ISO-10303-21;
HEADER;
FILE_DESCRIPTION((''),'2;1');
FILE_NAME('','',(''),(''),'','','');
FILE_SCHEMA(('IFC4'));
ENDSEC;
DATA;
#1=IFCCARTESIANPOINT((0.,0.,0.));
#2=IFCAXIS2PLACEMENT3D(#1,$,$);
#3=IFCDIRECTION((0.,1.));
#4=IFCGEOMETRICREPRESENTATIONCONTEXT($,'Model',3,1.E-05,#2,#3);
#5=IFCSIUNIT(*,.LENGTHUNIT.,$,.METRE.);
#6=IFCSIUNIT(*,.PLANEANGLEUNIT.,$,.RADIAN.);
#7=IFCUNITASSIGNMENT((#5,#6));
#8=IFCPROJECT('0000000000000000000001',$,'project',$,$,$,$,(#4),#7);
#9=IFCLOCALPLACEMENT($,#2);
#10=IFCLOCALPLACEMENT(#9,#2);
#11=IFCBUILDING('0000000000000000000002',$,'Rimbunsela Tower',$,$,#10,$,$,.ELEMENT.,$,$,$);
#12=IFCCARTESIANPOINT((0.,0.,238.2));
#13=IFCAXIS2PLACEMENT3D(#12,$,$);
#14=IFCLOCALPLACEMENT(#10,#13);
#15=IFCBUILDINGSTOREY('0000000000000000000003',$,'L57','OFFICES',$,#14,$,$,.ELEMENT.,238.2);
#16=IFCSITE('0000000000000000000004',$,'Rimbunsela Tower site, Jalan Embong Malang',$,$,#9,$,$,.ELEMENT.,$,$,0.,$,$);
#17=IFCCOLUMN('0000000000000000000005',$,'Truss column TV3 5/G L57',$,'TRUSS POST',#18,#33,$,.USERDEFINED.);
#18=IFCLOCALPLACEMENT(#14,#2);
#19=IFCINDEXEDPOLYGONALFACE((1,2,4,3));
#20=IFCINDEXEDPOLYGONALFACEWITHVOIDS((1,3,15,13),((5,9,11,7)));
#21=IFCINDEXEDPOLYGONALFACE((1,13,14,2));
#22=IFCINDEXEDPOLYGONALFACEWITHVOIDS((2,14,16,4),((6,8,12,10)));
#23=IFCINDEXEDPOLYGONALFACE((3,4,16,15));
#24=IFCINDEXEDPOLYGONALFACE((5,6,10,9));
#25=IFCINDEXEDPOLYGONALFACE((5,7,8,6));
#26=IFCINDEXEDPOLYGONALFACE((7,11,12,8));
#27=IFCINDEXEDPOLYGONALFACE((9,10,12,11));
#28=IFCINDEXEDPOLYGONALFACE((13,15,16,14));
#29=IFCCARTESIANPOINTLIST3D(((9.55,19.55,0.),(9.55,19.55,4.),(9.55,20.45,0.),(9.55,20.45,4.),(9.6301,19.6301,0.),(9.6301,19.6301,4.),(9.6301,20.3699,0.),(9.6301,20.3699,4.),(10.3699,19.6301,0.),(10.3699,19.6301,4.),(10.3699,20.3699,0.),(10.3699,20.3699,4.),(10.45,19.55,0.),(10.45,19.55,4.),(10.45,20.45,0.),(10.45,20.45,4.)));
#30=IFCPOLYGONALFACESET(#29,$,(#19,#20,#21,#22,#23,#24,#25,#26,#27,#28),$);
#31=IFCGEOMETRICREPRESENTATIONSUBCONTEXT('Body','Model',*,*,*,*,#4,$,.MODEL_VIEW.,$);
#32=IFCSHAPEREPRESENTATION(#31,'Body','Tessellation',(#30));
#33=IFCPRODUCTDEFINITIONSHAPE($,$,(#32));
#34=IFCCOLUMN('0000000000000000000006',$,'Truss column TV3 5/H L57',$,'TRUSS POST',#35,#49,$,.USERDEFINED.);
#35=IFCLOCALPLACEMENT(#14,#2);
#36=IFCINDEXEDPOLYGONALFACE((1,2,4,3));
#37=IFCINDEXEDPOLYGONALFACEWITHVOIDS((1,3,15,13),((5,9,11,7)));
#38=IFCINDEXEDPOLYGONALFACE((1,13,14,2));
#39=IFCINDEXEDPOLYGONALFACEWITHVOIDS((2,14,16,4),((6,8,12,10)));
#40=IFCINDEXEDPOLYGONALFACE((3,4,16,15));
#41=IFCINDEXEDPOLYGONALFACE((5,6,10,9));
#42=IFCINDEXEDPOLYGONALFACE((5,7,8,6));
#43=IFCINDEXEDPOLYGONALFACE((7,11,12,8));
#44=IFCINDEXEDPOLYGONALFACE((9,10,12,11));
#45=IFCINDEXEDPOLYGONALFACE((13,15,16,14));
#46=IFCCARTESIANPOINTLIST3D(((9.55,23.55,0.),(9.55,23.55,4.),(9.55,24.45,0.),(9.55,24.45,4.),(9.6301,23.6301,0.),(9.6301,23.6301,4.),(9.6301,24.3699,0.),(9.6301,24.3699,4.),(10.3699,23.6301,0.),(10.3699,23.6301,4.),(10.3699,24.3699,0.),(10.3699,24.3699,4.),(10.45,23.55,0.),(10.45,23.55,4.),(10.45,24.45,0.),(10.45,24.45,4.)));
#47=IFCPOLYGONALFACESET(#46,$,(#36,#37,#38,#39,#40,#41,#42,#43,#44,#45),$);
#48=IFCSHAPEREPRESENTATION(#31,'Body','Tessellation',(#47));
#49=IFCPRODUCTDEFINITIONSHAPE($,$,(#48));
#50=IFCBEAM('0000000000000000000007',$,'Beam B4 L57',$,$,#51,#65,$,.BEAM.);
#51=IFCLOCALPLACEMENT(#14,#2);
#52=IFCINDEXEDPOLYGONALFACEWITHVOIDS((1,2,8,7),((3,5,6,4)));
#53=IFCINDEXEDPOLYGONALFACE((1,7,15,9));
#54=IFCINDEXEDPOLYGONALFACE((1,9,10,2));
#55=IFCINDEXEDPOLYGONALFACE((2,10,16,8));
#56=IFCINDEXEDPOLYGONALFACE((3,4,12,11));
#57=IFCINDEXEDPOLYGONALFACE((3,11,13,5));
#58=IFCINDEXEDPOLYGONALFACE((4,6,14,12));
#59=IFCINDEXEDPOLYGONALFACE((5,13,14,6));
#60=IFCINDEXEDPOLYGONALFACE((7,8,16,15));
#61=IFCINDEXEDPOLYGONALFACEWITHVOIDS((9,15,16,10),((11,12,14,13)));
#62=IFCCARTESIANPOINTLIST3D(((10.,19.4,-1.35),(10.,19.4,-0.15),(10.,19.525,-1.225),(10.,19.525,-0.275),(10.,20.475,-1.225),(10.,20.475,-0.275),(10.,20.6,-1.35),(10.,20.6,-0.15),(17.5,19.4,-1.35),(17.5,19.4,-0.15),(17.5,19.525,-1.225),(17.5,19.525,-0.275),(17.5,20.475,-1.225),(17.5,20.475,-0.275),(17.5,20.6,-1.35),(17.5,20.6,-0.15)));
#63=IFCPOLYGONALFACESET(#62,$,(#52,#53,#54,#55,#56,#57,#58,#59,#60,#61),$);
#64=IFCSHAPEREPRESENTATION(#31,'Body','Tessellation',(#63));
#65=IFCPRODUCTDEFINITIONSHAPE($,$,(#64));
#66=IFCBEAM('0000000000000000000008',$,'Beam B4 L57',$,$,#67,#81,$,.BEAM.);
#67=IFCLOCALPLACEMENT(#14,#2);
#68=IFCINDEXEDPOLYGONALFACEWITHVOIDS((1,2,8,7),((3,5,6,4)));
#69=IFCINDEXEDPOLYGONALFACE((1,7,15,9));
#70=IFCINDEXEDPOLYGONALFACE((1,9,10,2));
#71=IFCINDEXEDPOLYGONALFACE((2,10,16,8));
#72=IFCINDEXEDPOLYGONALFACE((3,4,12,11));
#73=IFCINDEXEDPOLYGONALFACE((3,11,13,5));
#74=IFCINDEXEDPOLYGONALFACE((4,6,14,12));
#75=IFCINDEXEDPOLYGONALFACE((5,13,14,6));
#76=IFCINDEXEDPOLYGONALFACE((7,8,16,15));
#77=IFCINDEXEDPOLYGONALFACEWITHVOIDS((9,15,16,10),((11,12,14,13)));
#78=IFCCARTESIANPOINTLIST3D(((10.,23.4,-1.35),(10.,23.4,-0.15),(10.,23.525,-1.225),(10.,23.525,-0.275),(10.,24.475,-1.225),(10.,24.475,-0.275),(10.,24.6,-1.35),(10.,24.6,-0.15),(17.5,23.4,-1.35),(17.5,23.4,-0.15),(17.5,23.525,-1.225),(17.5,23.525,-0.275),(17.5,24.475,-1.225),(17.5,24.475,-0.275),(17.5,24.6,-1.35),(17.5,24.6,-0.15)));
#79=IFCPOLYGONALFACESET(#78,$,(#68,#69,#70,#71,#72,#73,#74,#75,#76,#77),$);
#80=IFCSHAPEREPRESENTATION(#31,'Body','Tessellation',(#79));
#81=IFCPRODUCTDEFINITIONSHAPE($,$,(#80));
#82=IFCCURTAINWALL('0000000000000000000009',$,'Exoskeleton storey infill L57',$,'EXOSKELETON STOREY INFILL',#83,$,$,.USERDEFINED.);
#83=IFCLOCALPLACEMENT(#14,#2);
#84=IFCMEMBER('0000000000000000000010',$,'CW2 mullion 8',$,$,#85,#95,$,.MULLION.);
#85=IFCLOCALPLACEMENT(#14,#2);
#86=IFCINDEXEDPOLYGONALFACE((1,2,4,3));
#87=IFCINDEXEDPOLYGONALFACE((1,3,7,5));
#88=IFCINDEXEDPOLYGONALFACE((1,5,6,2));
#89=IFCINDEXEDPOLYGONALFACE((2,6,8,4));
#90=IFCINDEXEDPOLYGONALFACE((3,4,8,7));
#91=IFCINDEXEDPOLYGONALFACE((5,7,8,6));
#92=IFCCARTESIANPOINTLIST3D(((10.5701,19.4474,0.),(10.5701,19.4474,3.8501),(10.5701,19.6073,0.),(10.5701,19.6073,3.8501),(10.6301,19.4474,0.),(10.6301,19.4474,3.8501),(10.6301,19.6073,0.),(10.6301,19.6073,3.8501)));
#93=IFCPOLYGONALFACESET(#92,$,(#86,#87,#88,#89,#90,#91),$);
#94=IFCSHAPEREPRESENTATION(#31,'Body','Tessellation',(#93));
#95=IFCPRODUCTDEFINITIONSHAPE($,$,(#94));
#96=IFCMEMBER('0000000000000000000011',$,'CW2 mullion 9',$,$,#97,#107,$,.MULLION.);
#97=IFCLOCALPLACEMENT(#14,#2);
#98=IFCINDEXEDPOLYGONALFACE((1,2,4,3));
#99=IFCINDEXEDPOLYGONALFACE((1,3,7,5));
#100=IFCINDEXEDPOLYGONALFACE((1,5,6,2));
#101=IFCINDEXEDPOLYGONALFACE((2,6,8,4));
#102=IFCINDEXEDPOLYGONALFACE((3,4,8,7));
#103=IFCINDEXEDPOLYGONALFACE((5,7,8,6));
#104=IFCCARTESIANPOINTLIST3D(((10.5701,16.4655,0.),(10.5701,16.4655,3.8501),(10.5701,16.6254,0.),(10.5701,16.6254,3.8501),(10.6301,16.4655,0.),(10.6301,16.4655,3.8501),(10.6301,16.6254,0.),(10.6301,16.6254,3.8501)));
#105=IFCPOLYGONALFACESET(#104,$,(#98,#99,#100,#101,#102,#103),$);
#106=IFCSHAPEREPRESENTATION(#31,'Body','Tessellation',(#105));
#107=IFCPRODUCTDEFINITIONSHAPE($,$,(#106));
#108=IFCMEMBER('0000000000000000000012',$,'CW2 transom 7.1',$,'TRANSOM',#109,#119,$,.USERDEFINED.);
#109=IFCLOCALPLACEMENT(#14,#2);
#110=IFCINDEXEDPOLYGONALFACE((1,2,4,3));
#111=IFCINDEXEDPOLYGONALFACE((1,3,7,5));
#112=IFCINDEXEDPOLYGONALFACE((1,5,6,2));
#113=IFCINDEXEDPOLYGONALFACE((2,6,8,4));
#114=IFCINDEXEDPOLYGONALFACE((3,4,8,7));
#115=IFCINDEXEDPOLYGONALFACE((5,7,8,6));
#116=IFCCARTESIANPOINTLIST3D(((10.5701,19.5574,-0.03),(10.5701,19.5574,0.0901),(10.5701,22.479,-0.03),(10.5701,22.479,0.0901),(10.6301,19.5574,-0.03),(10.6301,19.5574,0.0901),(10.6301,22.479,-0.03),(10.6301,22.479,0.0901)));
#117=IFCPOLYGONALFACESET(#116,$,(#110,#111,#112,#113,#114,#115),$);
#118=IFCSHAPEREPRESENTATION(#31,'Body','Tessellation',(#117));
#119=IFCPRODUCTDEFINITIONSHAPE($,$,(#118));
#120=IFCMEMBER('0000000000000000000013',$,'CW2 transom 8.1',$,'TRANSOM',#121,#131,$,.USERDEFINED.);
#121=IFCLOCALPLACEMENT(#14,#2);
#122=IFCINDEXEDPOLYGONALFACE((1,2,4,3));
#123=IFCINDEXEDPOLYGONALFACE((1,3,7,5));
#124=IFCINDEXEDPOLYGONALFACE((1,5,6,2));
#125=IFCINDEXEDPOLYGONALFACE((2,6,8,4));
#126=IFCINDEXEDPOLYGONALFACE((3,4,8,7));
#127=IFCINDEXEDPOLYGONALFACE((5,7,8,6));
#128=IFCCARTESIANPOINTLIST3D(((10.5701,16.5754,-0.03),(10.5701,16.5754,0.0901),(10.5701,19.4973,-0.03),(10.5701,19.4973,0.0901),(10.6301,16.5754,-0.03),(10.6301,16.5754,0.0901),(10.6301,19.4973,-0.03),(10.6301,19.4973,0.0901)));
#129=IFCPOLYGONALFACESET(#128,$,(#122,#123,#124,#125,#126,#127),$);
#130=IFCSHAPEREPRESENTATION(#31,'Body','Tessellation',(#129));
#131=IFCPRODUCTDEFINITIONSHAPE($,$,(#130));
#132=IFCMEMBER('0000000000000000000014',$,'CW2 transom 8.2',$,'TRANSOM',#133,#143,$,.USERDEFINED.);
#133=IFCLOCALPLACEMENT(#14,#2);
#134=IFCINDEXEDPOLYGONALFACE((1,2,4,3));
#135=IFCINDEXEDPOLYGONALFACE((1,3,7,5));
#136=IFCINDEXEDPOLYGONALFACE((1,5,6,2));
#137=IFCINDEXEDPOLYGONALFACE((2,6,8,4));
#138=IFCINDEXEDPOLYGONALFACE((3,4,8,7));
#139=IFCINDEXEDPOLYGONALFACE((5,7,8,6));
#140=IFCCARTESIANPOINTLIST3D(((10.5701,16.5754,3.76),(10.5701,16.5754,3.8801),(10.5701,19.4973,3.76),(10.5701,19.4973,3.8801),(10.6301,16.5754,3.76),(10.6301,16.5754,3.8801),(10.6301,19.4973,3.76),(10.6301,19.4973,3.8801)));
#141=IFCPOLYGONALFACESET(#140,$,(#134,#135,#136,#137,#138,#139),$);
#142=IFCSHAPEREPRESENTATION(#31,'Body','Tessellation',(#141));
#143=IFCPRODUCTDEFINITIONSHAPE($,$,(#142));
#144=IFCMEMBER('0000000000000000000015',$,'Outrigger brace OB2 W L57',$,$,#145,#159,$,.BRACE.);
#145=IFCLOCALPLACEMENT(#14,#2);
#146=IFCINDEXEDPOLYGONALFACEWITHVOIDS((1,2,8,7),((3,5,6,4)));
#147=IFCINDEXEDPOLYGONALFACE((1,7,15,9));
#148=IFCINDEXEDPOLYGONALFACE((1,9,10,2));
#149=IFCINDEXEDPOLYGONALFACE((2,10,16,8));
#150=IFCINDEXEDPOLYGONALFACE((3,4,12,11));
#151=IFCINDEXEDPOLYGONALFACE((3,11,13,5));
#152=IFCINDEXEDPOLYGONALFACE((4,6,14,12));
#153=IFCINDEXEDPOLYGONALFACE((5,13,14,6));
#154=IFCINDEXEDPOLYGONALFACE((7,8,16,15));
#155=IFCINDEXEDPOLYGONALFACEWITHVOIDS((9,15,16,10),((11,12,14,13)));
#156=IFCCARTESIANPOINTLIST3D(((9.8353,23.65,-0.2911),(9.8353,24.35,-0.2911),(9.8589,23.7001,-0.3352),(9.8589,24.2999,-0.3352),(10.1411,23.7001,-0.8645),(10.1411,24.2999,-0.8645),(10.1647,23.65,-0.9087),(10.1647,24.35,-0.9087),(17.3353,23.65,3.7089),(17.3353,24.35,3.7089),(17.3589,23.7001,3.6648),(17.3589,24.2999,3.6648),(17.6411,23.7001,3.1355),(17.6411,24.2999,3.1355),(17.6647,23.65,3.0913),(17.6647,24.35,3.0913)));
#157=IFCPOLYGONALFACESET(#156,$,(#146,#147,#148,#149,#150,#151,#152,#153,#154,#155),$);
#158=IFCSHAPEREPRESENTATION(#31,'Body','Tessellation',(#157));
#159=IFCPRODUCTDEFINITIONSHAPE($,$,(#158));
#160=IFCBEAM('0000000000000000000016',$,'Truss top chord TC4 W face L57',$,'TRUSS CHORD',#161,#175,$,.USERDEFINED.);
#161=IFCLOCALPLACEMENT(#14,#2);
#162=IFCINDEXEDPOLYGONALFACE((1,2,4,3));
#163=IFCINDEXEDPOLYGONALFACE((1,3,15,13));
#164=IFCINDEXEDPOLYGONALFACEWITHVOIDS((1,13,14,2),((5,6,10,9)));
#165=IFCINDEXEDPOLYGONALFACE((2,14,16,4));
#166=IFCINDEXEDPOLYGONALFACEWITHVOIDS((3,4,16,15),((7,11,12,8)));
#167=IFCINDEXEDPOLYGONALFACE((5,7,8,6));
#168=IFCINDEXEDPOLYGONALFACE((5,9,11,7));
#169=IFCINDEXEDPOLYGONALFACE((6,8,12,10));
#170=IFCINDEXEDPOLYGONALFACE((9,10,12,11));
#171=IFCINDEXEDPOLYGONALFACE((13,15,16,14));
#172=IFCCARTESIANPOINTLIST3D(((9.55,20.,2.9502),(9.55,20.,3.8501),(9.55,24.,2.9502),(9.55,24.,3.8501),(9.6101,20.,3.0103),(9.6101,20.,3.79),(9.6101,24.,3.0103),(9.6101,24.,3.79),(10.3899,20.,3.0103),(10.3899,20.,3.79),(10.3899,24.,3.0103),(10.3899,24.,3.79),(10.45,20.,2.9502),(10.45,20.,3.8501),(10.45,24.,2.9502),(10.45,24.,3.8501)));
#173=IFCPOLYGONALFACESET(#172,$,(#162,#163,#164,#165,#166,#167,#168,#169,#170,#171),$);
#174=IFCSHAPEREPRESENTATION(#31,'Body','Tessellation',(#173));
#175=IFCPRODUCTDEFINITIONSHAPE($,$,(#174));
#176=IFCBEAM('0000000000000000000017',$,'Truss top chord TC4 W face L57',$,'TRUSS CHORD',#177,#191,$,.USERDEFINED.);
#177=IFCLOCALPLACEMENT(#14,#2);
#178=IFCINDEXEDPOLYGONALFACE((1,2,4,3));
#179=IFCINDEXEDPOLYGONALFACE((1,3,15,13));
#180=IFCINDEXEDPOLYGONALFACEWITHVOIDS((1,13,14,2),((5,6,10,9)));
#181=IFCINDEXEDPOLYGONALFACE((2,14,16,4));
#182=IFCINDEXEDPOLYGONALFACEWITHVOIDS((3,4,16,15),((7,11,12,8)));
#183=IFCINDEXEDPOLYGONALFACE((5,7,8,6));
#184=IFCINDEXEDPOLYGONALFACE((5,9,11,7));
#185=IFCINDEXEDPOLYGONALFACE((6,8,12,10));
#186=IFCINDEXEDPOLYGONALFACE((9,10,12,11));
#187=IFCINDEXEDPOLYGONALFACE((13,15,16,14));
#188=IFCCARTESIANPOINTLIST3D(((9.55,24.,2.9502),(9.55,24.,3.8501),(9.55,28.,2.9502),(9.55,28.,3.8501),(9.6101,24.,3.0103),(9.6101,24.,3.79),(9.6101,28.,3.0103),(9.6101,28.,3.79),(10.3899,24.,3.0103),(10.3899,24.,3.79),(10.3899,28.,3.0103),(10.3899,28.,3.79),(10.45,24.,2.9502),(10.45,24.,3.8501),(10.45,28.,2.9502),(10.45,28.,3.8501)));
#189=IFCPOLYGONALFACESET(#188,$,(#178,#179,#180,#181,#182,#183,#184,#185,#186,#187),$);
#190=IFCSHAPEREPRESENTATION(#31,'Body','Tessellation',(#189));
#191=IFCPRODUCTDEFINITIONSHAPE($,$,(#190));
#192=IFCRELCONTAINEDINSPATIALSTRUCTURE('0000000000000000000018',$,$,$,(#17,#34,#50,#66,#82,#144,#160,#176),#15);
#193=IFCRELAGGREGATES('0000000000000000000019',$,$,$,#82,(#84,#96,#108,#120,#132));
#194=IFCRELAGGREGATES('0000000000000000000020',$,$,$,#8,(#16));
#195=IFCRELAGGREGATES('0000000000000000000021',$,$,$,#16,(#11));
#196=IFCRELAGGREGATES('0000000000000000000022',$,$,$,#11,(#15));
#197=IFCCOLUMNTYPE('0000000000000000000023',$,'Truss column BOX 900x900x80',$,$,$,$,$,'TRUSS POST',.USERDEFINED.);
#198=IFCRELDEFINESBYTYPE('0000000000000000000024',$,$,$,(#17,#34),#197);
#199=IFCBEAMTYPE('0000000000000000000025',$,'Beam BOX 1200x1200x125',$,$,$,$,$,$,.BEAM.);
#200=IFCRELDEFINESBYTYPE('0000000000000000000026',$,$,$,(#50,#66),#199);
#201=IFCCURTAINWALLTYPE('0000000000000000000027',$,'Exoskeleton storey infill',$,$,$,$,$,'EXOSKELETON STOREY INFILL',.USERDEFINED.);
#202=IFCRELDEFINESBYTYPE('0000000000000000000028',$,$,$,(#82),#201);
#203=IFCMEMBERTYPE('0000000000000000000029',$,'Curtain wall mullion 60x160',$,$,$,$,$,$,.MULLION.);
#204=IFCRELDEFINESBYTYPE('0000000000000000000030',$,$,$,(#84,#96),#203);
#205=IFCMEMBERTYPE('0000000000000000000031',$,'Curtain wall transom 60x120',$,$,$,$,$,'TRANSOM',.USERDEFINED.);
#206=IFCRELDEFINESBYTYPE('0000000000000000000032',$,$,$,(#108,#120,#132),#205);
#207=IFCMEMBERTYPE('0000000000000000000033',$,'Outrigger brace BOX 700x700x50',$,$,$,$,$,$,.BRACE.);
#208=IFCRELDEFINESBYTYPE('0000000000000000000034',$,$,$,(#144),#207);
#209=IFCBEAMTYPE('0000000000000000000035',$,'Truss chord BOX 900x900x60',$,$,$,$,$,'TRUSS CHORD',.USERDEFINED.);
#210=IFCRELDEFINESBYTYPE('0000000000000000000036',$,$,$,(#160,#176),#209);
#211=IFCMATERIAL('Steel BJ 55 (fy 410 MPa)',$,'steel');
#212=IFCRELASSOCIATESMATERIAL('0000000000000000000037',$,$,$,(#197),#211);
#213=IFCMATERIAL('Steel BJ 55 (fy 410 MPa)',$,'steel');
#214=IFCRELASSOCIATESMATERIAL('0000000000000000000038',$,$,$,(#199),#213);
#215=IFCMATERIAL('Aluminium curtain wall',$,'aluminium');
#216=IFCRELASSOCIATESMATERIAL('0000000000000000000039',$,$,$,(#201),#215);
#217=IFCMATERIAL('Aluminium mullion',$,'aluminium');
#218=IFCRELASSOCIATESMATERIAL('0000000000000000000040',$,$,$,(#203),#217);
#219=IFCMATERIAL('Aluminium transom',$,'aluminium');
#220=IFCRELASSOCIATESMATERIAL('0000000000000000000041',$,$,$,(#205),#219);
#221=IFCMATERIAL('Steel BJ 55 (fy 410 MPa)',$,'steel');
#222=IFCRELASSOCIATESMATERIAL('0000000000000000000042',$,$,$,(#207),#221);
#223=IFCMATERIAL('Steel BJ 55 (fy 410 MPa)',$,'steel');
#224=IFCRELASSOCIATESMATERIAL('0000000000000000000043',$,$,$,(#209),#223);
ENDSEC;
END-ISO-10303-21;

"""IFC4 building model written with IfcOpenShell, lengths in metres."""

from ifc_helpers import new_model, si_unit, direction, frame, origin, origin_2d, place, context, subcontext, project, spatial, rectangle, hollow_rectangle, extrude, material, material_profile, profile_set, type_object, element, aggregate, save


model = new_model("IFC4")

# Units and contexts
model_context = context("Model", 3, precision=1e-05, world=origin(), true_north=direction((0.0, 1.0)))
body_context = subcontext(model_context, "Body", "Model", "MODEL_VIEW")
ifc_project = project(units=[si_unit("LENGTHUNIT", "METRE"), si_unit("PLANEANGLEUNIT", "RADIAN")], contexts=[model_context])

# Site, building, storey
site_placement = place(None, origin())
site = spatial("IfcSite", under=ifc_project, at=site_placement, Name="Rimbunsela Tower site, Jalan Embong Malang", CompositionType="ELEMENT", RefElevation=0.0)
building_placement = place(site_placement, origin())
building = spatial("IfcBuilding", under=site, at=building_placement, Name="Rimbunsela Tower", CompositionType="ELEMENT")
storey_placement = place(building_placement, frame((0.0, 0.0, 238.2)))
storey = spatial("IfcBuildingStorey", under=building, at=storey_placement, Name="L57", Description="OFFICES", CompositionType="ELEMENT", Elevation=238.2)

# Columns
ifc_material_1 = material(Name="Steel BJ 55 (fy 410 MPa)", Category="steel")
ifc_material_profile_1 = material_profile(ifc_material_1, hollow_rectangle(XDim=0.8999, YDim=0.8999, WallThickness=0.0801, at=origin_2d()), Name="BOX 900x900x80")
ifc_profile_set_1 = profile_set([ifc_material_profile_1], Name="Steel BJ 55 (fy 410 MPa)")
column_type = type_object("IfcColumnType", Name="Truss column BOX 900x900x80", ElementType="TRUSS POST", PredefinedType="USERDEFINED", material=ifc_profile_set_1)
for number, where, z_axis, x_axis, name in (
    (1, (10.0, 20.0, 0.0), (0.0, 0.0, 1.0), (1.0, 0.0, 0.0), "Truss column TV3 5/G L57"),
    (2, (10.0, 24.0, 0.0), (0.0, 0.0, 1.0), (1.0, 0.0, 0.0), "Truss column TV3 5/H L57"),
):
    element("IfcColumn", number, at=place(storey_placement, frame(where, z_axis=z_axis, x_axis=x_axis)), inside=storey, type_object=column_type, Name=name, ObjectType="TRUSS POST", PredefinedType="USERDEFINED", context=body_context, shape_type="SweptSolid", body=[
        extrude(hollow_rectangle(XDim=0.8999, YDim=0.8999, WallThickness=0.0801, at=origin_2d()), origin(), (0.0, 0.0, 1.0), 4.0),
    ])

# Beams
ifc_material_2 = material(Name="Steel BJ 55 (fy 410 MPa)", Category="steel")
ifc_material_profile_2 = material_profile(ifc_material_2, hollow_rectangle(XDim=1.2, YDim=1.2, WallThickness=0.125, at=origin_2d()), Name="BOX 1200x1200x125")
ifc_profile_set_2 = profile_set([ifc_material_profile_2], Name="Steel BJ 55 (fy 410 MPa)")
beam_type_1 = type_object("IfcBeamType", Name="Beam BOX 1200x1200x125", PredefinedType="BEAM", material=ifc_profile_set_2)
for number, where, z_axis, x_axis, name in (
    (3, (10.0, 20.0, -0.75), (1.0, 0.0, 0.0), (0.0, 1.0, 0.0), "Beam B4 L57"),
    (4, (10.0, 24.0, -0.75), (1.0, 0.0, 0.0), (0.0, 1.0, 0.0), "Beam B4 L57"),
):
    element("IfcBeam", number, at=place(storey_placement, frame(where, z_axis=z_axis, x_axis=x_axis)), inside=storey, type_object=beam_type_1, Name=name, PredefinedType="BEAM", context=body_context, shape_type="SweptSolid", body=[
        extrude(hollow_rectangle(XDim=1.2, YDim=1.2, WallThickness=0.125, at=origin_2d()), origin(), (0.0, 0.0, 1.0), 7.5),
    ])

# Curtain wall, members
ifc_material_3 = material(Name="Aluminium curtain wall", Category="aluminium")
curtain_wall_type = type_object("IfcCurtainWallType", Name="Exoskeleton storey infill", ElementType="EXOSKELETON STOREY INFILL", PredefinedType="USERDEFINED", material=ifc_material_3)
curtain_wall_placement = place(storey_placement, origin())
curtain_wall = element("IfcCurtainWall", 5, at=curtain_wall_placement, inside=storey, type_object=curtain_wall_type, Name="Exoskeleton storey infill L57", ObjectType="EXOSKELETON STOREY INFILL", PredefinedType="USERDEFINED")
ifc_material_4 = material(Name="Aluminium mullion", Category="aluminium")
ifc_material_profile_3 = material_profile(ifc_material_4, rectangle(XDim=0.0601, YDim=0.1599, at=origin_2d()), Name="Mullion 60x160")
ifc_profile_set_3 = profile_set([ifc_material_profile_3], Name="Aluminium mullion")
member_type_1 = type_object("IfcMemberType", Name="Curtain wall mullion 60x160", PredefinedType="MULLION", material=ifc_profile_set_3)
member_1_placement = place(storey_placement, frame((10.6001, 19.5273, 0.0), z_axis=(0.0, 0.0, 1.0), x_axis=(1.0, 0.0, 0.0)))
member_1 = element("IfcMember", 6, at=member_1_placement, type_object=member_type_1, Name="CW2 mullion 8", PredefinedType="MULLION", context=body_context, shape_type="SweptSolid", body=[
    extrude(rectangle(XDim=0.0601, YDim=0.1599, at=origin_2d()), origin(), (0.0, 0.0, 1.0), 3.8501),
])
member_2_placement = place(storey_placement, frame((10.6001, 16.5454, 0.0), z_axis=(0.0, 0.0, 1.0), x_axis=(1.0, 0.0, 0.0)))
member_2 = element("IfcMember", 7, at=member_2_placement, type_object=member_type_1, Name="CW2 mullion 9", PredefinedType="MULLION", context=body_context, shape_type="SweptSolid", body=[
    extrude(rectangle(XDim=0.0601, YDim=0.1599, at=origin_2d()), origin(), (0.0, 0.0, 1.0), 3.8501),
])
ifc_material_5 = material(Name="Aluminium transom", Category="aluminium")
ifc_material_profile_4 = material_profile(ifc_material_5, rectangle(XDim=0.0601, YDim=0.1201, at=origin_2d()), Name="Transom 60x120")
ifc_profile_set_4 = profile_set([ifc_material_profile_4], Name="Aluminium transom")
member_type_2 = type_object("IfcMemberType", Name="Curtain wall transom 60x120", ElementType="TRANSOM", PredefinedType="USERDEFINED", material=ifc_profile_set_4)
member_3_placement = place(storey_placement, frame((10.6001, 22.479, 0.03), z_axis=(0.0, -1.0, 0.0), x_axis=(1.0, 0.0, 0.0)))
member_3 = element("IfcMember", 8, at=member_3_placement, type_object=member_type_2, Name="CW2 transom 7.1", ObjectType="TRANSOM", PredefinedType="USERDEFINED", context=body_context, shape_type="SweptSolid", body=[
    extrude(rectangle(XDim=0.0601, YDim=0.1201, at=origin_2d()), origin(), (0.0, 0.0, 1.0), 2.9216),
])
member_4_placement = place(storey_placement, frame((10.6001, 19.4973, 0.03), z_axis=(0.0, -1.0, 0.0), x_axis=(1.0, 0.0, 0.0)))
member_4 = element("IfcMember", 9, at=member_4_placement, type_object=member_type_2, Name="CW2 transom 8.1", ObjectType="TRANSOM", PredefinedType="USERDEFINED", context=body_context, shape_type="SweptSolid", body=[
    extrude(rectangle(XDim=0.0601, YDim=0.1201, at=origin_2d()), origin(), (0.0, 0.0, 1.0), 2.9219),
])
member_5_placement = place(storey_placement, frame((10.6001, 19.4973, 3.8201), z_axis=(0.0, -1.0, 0.0), x_axis=(1.0, 0.0, 0.0)))
member_5 = element("IfcMember", 10, at=member_5_placement, type_object=member_type_2, Name="CW2 transom 8.2", ObjectType="TRANSOM", PredefinedType="USERDEFINED", context=body_context, shape_type="SweptSolid", body=[
    extrude(rectangle(XDim=0.0601, YDim=0.1201, at=origin_2d()), origin(), (0.0, 0.0, 1.0), 2.9219),
])

# Member
ifc_material_6 = material(Name="Steel BJ 55 (fy 410 MPa)", Category="steel")
ifc_material_profile_5 = material_profile(ifc_material_6, hollow_rectangle(XDim=0.7, YDim=0.7, WallThickness=0.05, at=origin_2d()), Name="BOX 700x700x50")
ifc_profile_set_5 = profile_set([ifc_material_profile_5], Name="Steel BJ 55 (fy 410 MPa)")
member_type_3 = type_object("IfcMemberType", Name="Outrigger brace BOX 700x700x50", PredefinedType="BRACE", material=ifc_profile_set_5)
member_6_placement = place(storey_placement, frame((10.0, 24.0, -0.5999), z_axis=(0.882353, 0.0, 0.470588), x_axis=(0.0, 1.0, 0.0)))
element("IfcMember", 11, at=member_6_placement, inside=storey, type_object=member_type_3, Name="Outrigger brace OB2 W L57", PredefinedType="BRACE", context=body_context, shape_type="SweptSolid", body=[
    extrude(hollow_rectangle(XDim=0.7, YDim=0.7, WallThickness=0.05, at=origin_2d()), origin(), (0.0, 0.0, 1.0), 8.5),
])

# Beams
ifc_material_7 = material(Name="Steel BJ 55 (fy 410 MPa)", Category="steel")
ifc_material_profile_6 = material_profile(ifc_material_7, hollow_rectangle(XDim=0.8999, YDim=0.8999, WallThickness=0.0601, at=origin_2d()), Name="BOX 900x900x60")
ifc_profile_set_6 = profile_set([ifc_material_profile_6], Name="Steel BJ 55 (fy 410 MPa)")
beam_type_2 = type_object("IfcBeamType", Name="Truss chord BOX 900x900x60", ElementType="TRUSS CHORD", PredefinedType="USERDEFINED", material=ifc_profile_set_6)
for number, where, z_axis, x_axis, name in (
    (12, (10.0, 20.0, 3.4001), (0.0, 1.0, 0.0), (-1.0, 0.0, 0.0), "Truss top chord TC4 W face L57"),
    (13, (10.0, 24.0, 3.4001), (0.0, 1.0, 0.0), (-1.0, 0.0, 0.0), "Truss top chord TC4 W face L57"),
):
    element("IfcBeam", number, at=place(storey_placement, frame(where, z_axis=z_axis, x_axis=x_axis)), inside=storey, type_object=beam_type_2, Name=name, ObjectType="TRUSS CHORD", PredefinedType="USERDEFINED", context=body_context, shape_type="SweptSolid", body=[
        extrude(hollow_rectangle(XDim=0.8999, YDim=0.8999, WallThickness=0.0601, at=origin_2d()), origin(), (0.0, 0.0, 1.0), 4.0),
    ])

aggregate(curtain_wall, [member_1, member_2, member_3, member_4, member_5])

save(model, "model.ifc")
